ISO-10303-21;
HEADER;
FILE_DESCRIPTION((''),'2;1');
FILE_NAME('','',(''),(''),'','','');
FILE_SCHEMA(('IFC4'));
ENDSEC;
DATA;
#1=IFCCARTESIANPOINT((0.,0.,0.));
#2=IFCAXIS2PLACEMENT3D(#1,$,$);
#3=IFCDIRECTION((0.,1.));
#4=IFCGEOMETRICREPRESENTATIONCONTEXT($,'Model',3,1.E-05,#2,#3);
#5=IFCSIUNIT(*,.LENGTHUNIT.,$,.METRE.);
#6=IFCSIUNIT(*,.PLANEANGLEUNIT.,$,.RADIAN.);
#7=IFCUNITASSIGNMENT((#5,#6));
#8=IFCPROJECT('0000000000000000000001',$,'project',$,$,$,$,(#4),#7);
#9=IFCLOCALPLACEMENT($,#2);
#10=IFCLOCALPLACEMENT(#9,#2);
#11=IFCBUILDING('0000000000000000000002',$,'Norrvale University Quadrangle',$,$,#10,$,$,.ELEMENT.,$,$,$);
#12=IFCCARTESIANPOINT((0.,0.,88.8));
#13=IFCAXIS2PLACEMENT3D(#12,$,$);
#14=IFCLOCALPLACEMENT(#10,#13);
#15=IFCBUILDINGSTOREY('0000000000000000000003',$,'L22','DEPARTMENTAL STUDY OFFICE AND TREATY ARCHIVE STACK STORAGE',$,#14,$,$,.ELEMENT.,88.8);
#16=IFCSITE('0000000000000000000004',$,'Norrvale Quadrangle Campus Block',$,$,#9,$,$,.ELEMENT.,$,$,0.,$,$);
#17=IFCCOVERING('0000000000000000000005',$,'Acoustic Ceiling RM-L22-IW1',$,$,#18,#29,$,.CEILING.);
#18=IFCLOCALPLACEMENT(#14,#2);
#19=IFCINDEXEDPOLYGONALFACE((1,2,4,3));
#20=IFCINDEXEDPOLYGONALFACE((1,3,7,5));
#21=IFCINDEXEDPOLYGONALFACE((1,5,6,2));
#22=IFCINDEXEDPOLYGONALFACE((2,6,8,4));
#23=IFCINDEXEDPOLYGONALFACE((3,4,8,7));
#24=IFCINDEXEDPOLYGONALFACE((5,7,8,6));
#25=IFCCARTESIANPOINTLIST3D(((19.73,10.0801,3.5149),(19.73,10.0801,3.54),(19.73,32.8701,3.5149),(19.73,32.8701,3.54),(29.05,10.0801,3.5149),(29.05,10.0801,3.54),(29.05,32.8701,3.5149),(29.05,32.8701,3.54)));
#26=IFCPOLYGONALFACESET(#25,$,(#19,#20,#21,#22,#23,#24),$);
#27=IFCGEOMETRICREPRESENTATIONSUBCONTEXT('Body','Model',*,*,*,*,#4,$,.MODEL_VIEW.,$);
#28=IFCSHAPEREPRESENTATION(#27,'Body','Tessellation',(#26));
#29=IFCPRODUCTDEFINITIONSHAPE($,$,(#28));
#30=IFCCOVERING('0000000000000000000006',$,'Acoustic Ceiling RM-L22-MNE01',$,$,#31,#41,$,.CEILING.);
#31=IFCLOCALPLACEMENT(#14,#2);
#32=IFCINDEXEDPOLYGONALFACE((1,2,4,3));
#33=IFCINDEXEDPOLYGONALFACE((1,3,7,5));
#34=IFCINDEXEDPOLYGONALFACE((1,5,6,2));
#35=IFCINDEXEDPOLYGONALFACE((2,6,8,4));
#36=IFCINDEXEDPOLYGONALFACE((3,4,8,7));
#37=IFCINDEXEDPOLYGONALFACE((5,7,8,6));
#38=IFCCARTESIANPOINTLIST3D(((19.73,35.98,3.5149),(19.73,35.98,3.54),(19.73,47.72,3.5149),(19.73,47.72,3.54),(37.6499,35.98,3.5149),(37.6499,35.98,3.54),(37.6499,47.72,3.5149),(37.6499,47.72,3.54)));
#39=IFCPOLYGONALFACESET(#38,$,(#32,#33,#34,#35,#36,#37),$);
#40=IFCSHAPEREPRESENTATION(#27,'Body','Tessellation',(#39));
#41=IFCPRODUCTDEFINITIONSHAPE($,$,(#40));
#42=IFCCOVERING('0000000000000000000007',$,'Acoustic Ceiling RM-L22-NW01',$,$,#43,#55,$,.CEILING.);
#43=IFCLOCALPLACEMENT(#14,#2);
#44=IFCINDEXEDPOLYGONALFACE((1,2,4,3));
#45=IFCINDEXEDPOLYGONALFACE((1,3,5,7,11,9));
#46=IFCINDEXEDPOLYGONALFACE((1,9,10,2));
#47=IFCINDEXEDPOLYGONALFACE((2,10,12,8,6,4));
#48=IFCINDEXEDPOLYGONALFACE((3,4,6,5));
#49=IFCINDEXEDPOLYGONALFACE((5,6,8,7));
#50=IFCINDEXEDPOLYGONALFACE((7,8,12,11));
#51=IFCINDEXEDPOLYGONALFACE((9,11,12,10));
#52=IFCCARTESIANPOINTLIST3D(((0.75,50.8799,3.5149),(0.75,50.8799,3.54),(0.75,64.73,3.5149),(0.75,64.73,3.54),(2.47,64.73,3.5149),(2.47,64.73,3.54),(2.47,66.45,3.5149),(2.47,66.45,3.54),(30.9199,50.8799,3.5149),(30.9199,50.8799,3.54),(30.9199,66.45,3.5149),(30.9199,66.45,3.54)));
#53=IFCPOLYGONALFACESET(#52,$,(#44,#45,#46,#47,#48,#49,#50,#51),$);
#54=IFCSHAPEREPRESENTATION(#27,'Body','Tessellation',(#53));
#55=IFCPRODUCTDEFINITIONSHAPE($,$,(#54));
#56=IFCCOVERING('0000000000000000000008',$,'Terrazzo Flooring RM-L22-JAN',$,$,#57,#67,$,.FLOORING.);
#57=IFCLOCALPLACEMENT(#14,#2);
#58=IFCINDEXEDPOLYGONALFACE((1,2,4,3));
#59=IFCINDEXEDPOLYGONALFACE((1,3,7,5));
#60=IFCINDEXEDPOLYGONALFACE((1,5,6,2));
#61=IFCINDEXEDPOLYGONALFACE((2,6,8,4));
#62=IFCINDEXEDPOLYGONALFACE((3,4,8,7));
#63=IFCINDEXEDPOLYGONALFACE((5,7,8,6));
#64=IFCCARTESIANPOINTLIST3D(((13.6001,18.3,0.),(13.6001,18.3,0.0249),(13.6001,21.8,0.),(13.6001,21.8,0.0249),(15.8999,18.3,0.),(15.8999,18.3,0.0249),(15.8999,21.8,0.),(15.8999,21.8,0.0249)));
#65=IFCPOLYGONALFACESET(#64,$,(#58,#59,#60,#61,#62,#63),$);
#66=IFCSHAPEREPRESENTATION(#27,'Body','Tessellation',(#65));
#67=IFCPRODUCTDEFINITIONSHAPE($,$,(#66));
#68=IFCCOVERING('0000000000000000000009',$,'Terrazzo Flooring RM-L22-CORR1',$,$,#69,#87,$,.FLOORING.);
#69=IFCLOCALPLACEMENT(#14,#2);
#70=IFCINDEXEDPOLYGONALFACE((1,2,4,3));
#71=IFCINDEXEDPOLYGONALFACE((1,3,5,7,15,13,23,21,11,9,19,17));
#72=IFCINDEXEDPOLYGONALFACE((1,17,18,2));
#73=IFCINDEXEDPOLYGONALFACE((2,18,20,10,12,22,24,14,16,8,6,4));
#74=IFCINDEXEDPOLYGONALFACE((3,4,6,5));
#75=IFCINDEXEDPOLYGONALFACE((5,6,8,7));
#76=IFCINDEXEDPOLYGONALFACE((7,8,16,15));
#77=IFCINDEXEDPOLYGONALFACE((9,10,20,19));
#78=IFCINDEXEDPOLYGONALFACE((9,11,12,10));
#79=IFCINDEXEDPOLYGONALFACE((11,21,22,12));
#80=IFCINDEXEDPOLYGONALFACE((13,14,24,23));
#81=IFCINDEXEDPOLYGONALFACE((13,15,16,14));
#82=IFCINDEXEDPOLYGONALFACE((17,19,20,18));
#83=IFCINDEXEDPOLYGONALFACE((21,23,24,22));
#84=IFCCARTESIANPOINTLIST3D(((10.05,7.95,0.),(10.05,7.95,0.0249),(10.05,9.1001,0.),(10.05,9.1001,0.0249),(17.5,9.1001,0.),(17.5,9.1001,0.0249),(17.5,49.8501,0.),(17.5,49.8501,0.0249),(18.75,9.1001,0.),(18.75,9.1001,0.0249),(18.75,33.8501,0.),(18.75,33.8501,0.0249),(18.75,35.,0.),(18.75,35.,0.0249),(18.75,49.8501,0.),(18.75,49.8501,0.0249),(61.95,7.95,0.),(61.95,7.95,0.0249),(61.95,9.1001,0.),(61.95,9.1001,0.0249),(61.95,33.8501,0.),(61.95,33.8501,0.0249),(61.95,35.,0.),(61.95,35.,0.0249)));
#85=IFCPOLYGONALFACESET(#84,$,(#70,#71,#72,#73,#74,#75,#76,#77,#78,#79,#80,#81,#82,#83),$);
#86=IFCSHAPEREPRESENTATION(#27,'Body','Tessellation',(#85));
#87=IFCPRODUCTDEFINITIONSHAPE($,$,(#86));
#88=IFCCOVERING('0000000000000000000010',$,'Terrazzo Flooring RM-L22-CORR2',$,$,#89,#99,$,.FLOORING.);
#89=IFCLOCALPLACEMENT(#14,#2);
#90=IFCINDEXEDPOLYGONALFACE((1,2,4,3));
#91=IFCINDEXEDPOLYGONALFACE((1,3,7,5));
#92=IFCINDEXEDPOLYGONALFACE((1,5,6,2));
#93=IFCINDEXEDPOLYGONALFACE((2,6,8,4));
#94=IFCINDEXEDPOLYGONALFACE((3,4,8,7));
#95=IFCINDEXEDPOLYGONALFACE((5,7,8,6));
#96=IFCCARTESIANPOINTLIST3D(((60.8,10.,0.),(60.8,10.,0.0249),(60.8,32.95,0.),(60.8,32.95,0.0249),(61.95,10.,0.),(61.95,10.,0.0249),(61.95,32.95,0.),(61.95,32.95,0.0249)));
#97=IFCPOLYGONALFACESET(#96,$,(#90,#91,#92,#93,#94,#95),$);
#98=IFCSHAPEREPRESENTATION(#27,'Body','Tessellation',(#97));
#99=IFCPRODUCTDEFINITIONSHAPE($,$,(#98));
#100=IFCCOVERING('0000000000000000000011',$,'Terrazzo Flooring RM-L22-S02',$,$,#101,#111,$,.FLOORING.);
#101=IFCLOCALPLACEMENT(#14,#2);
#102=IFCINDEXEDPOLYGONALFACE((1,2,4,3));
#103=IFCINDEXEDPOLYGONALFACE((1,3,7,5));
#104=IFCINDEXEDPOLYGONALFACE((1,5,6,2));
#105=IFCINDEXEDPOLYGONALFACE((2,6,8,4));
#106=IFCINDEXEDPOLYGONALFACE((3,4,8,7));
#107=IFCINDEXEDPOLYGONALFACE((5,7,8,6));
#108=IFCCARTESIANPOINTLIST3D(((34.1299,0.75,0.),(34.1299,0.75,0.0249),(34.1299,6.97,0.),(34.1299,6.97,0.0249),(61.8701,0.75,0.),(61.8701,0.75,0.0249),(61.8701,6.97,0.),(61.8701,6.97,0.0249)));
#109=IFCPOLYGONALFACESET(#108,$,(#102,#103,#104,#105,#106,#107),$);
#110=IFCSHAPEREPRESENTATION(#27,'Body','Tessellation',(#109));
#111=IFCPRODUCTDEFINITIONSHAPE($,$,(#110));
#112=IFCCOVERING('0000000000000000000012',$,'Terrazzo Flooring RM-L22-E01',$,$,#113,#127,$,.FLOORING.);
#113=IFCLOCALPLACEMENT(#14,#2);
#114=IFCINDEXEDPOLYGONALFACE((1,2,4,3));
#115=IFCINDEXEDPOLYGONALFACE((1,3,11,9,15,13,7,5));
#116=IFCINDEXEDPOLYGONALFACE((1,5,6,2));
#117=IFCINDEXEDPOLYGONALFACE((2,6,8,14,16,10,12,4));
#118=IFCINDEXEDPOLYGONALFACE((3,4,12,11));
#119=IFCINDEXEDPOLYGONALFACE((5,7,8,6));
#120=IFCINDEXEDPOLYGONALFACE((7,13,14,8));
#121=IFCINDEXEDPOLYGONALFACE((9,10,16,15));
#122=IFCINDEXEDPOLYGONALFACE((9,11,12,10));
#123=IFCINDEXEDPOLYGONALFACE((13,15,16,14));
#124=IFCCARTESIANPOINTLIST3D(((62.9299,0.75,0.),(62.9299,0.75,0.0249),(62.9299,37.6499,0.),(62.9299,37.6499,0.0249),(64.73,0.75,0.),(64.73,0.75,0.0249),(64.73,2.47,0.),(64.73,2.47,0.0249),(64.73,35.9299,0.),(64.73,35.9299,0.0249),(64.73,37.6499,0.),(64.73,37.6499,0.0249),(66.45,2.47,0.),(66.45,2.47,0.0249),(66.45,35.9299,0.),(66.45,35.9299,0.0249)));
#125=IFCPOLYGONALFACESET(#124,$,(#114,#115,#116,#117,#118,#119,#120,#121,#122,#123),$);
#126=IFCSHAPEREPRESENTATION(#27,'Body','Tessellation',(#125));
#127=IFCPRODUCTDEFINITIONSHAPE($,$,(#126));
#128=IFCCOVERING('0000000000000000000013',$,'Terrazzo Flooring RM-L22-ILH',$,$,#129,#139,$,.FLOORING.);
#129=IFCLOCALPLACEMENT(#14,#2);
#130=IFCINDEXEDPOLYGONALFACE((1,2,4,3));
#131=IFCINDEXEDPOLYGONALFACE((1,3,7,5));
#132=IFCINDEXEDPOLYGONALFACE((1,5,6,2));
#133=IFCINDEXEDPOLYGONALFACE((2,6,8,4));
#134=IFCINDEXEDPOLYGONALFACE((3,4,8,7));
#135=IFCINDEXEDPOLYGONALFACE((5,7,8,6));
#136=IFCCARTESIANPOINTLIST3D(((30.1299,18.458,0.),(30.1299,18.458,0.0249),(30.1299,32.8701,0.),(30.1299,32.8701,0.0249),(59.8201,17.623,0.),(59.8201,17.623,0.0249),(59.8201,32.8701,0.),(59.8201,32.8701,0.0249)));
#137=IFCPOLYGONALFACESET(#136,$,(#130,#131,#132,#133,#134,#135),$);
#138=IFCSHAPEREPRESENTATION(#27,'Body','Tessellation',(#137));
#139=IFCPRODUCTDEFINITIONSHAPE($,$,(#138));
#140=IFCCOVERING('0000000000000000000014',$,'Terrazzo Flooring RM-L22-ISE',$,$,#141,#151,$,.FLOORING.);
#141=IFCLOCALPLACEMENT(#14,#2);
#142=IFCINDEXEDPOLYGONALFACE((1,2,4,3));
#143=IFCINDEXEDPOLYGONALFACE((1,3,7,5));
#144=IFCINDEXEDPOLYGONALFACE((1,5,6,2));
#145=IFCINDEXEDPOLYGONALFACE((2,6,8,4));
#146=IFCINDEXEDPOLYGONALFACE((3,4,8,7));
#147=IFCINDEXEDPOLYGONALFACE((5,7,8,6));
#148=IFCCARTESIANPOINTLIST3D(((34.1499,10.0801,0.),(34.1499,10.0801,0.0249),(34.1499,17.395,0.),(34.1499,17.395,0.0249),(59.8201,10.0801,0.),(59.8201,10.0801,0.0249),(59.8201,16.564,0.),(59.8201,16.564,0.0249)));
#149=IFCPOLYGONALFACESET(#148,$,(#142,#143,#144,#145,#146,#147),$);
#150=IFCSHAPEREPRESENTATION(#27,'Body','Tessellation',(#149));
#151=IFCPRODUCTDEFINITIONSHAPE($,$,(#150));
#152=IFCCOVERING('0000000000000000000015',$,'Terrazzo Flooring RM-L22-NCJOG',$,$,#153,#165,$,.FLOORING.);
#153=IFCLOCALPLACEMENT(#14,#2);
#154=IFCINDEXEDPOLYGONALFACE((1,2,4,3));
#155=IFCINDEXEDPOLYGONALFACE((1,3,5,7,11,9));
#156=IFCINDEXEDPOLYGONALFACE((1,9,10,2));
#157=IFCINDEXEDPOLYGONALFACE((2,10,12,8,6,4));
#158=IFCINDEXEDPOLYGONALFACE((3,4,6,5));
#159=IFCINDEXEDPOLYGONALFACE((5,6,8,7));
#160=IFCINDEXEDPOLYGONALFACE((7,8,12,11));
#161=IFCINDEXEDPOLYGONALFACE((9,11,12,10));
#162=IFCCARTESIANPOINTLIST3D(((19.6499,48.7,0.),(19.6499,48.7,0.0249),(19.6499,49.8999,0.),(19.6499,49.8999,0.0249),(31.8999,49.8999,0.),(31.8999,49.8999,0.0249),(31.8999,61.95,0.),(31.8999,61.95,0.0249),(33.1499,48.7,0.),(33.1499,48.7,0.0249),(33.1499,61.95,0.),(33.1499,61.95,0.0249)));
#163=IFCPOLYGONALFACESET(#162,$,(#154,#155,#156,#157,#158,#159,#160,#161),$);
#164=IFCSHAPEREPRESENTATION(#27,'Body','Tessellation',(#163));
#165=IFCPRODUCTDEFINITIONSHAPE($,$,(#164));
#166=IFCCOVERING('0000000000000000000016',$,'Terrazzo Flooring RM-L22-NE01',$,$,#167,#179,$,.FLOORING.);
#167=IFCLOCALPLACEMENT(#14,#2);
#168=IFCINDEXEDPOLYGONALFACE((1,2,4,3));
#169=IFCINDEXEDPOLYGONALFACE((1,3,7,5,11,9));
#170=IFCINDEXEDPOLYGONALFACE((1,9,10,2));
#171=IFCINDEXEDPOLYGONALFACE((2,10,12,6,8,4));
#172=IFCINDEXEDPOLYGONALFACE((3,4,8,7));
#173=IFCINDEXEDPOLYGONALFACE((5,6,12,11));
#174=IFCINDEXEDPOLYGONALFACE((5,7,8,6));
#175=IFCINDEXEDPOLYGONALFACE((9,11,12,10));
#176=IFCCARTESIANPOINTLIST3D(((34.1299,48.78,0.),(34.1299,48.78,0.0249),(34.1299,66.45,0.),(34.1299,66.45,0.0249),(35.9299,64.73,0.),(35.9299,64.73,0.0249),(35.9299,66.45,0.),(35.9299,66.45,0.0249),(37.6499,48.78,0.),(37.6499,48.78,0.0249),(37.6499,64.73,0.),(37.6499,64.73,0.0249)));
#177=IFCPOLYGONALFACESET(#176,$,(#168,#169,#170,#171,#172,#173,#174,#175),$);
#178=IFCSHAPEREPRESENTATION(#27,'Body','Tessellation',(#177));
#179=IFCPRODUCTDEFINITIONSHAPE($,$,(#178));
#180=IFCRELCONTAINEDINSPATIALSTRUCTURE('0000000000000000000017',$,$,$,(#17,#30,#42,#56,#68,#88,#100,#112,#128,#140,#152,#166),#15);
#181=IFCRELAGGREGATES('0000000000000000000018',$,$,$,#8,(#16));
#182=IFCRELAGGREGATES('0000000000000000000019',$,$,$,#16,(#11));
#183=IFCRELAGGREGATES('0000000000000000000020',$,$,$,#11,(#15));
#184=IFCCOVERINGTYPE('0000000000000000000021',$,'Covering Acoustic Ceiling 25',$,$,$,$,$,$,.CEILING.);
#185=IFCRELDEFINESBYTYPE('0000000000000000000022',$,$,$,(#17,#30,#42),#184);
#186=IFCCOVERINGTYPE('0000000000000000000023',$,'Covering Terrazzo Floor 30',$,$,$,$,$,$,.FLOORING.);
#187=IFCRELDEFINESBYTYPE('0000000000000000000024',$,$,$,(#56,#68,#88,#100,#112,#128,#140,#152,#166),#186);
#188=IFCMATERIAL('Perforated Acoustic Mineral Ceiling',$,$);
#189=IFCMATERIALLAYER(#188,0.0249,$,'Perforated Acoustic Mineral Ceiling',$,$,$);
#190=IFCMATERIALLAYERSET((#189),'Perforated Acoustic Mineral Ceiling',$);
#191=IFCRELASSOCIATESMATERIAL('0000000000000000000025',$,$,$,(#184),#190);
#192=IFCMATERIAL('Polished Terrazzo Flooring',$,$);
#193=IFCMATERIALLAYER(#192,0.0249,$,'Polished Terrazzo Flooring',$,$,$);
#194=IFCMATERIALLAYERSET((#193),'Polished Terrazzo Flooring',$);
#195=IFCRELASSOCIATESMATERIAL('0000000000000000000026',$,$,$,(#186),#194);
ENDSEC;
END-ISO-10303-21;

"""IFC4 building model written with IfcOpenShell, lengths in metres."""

from ifc_helpers import new_model, si_unit, direction, frame, origin, place, context, subcontext, project, spatial, polyline, outline, extrude, material, layer, layer_set, type_object, element, save


model = new_model("IFC4")

# Units and contexts
model_context = context("Model", 3, precision=1e-05, world=origin(), true_north=direction((0.0, 1.0)))
body_context = subcontext(model_context, "Body", "Model", "MODEL_VIEW")
ifc_project = project(units=[si_unit("LENGTHUNIT", "METRE"), si_unit("PLANEANGLEUNIT", "RADIAN")], contexts=[model_context])

# Site, building, storey
site_placement = place(None, origin())
site = spatial("IfcSite", under=ifc_project, at=site_placement, Name="Norrvale Quadrangle Campus Block", CompositionType="ELEMENT", RefElevation=0.0)
building_placement = place(site_placement, origin())
building = spatial("IfcBuilding", under=site, at=building_placement, Name="Norrvale University Quadrangle", CompositionType="ELEMENT")
storey_placement = place(building_placement, frame((0.0, 0.0, 88.8)))
storey = spatial("IfcBuildingStorey", under=building, at=storey_placement, Name="L22", Description="DEPARTMENTAL STUDY OFFICE AND TREATY ARCHIVE STACK STORAGE", CompositionType="ELEMENT", Elevation=88.8)

# Coverings
ifc_material_1 = material(Name="Perforated Acoustic Mineral Ceiling")
ifc_layer_1 = layer(ifc_material_1, 0.0249, Name="Perforated Acoustic Mineral Ceiling")
ifc_layer_set_1 = layer_set([ifc_layer_1], Name="Perforated Acoustic Mineral Ceiling")
covering_type_1 = type_object("IfcCoveringType", Name="Covering Acoustic Ceiling 25", PredefinedType="CEILING", material=ifc_layer_set_1)
covering_1_placement = place(storey_placement, frame((0.0, 0.0, 3.5149)))
element("IfcCovering", 1, at=covering_1_placement, inside=storey, type_object=covering_type_1, Name="Acoustic Ceiling RM-L22-IW1", PredefinedType="CEILING", context=body_context, shape_type="SweptSolid", body=[
    extrude(outline(polyline([(19.73, 10.0801), (19.73, 32.8701), (29.05, 32.8701), (29.05, 10.0801), (19.73, 10.0801)])), origin(), (0.0, 0.0, 1.0), 0.0251),
])
covering_2_placement = place(storey_placement, frame((0.0, 0.0, 3.5149)))
element("IfcCovering", 2, at=covering_2_placement, inside=storey, type_object=covering_type_1, Name="Acoustic Ceiling RM-L22-MNE01", PredefinedType="CEILING", context=body_context, shape_type="SweptSolid", body=[
    extrude(outline(polyline([(19.73, 47.72), (37.6499, 47.72), (37.6499, 35.98), (19.73, 35.98), (19.73, 47.72)])), origin(), (0.0, 0.0, 1.0), 0.0251),
])
covering_3_placement = place(storey_placement, frame((0.0, 0.0, 3.5149)))
element("IfcCovering", 3, at=covering_3_placement, inside=storey, type_object=covering_type_1, Name="Acoustic Ceiling RM-L22-NW01", PredefinedType="CEILING", context=body_context, shape_type="SweptSolid", body=[
    extrude(outline(polyline([(30.9199, 66.45), (30.9199, 50.8799), (0.75, 50.8799), (0.75, 64.73), (2.47, 64.73), (2.47, 66.45), (30.9199, 66.45)])), origin(), (0.0, 0.0, 1.0), 0.0251),
])
ifc_material_2 = material(Name="Polished Terrazzo Flooring")
ifc_layer_2 = layer(ifc_material_2, 0.0249, Name="Polished Terrazzo Flooring")
ifc_layer_set_2 = layer_set([ifc_layer_2], Name="Polished Terrazzo Flooring")
covering_type_2 = type_object("IfcCoveringType", Name="Covering Terrazzo Floor 30", PredefinedType="FLOORING", material=ifc_layer_set_2)
covering_4_placement = place(storey_placement, origin())
element("IfcCovering", 4, at=covering_4_placement, inside=storey, type_object=covering_type_2, Name="Terrazzo Flooring RM-L22-JAN", PredefinedType="FLOORING", context=body_context, shape_type="SweptSolid", body=[
    extrude(outline(polyline([(13.6001, 18.3), (13.6001, 21.8), (15.8999, 21.8), (15.8999, 18.3), (13.6001, 18.3)])), origin(), (0.0, 0.0, 1.0), 0.0249),
])
covering_5_placement = place(storey_placement, origin())
element("IfcCovering", 5, at=covering_5_placement, inside=storey, type_object=covering_type_2, Name="Terrazzo Flooring RM-L22-CORR1", PredefinedType="FLOORING", context=body_context, shape_type="SweptSolid", body=[
    extrude(outline(polyline([(10.05, 7.95), (10.05, 9.1001), (17.5, 9.1001), (17.5, 49.8501), (18.75, 49.8501), (18.75, 35.0), (61.95, 35.0), (61.95, 33.8501), (18.75, 33.8501), (18.75, 9.1001), (61.95, 9.1001), (61.95, 7.95), (10.05, 7.95)])), origin(), (0.0, 0.0, 1.0), 0.0249),
])
covering_6_placement = place(storey_placement, origin())
element("IfcCovering", 6, at=covering_6_placement, inside=storey, type_object=covering_type_2, Name="Terrazzo Flooring RM-L22-CORR2", PredefinedType="FLOORING", context=body_context, shape_type="SweptSolid", body=[
    extrude(outline(polyline([(60.8, 10.0), (60.8, 32.95), (61.95, 32.95), (61.95, 10.0), (60.8, 10.0)])), origin(), (0.0, 0.0, 1.0), 0.0249),
])
covering_7_placement = place(storey_placement, origin())
element("IfcCovering", 7, at=covering_7_placement, inside=storey, type_object=covering_type_2, Name="Terrazzo Flooring RM-L22-S02", PredefinedType="FLOORING", context=body_context, shape_type="SweptSolid", body=[
    extrude(outline(polyline([(34.1299, 6.97), (61.8701, 6.97), (61.8701, 0.75), (34.1299, 0.75), (34.1299, 6.97)])), origin(), (0.0, 0.0, 1.0), 0.0249),
])
covering_8_placement = place(storey_placement, origin())
element("IfcCovering", 8, at=covering_8_placement, inside=storey, type_object=covering_type_2, Name="Terrazzo Flooring RM-L22-E01", PredefinedType="FLOORING", context=body_context, shape_type="SweptSolid", body=[
    extrude(outline(polyline([(62.9299, 0.75), (62.9299, 37.6499), (64.73, 37.6499), (64.73, 35.9299), (66.45, 35.9299), (66.45, 2.47), (64.73, 2.47), (64.73, 0.75), (62.9299, 0.75)])), origin(), (0.0, 0.0, 1.0), 0.0249),
])
covering_9_placement = place(storey_placement, origin())
element("IfcCovering", 9, at=covering_9_placement, inside=storey, type_object=covering_type_2, Name="Terrazzo Flooring RM-L22-ILH", PredefinedType="FLOORING", context=body_context, shape_type="SweptSolid", body=[
    extrude(outline(polyline([(30.1299, 18.458), (30.1299, 32.8701), (59.8201, 32.8701), (59.8201, 17.623), (30.1299, 18.458)])), origin(), (0.0, 0.0, 1.0), 0.0249),
])
covering_10_placement = place(storey_placement, origin())
element("IfcCovering", 10, at=covering_10_placement, inside=storey, type_object=covering_type_2, Name="Terrazzo Flooring RM-L22-ISE", PredefinedType="FLOORING", context=body_context, shape_type="SweptSolid", body=[
    extrude(outline(polyline([(34.1499, 10.0801), (34.1499, 17.395), (59.8201, 16.564), (59.8201, 10.0801), (34.1499, 10.0801)])), origin(), (0.0, 0.0, 1.0), 0.0249),
])
covering_11_placement = place(storey_placement, origin())
element("IfcCovering", 11, at=covering_11_placement, inside=storey, type_object=covering_type_2, Name="Terrazzo Flooring RM-L22-NCJOG", PredefinedType="FLOORING", context=body_context, shape_type="SweptSolid", body=[
    extrude(outline(polyline([(19.6499, 48.7), (19.6499, 49.8999), (31.8999, 49.8999), (31.8999, 61.95), (33.1499, 61.95), (33.1499, 48.7), (19.6499, 48.7)])), origin(), (0.0, 0.0, 1.0), 0.0249),
])
covering_12_placement = place(storey_placement, origin())
element("IfcCovering", 12, at=covering_12_placement, inside=storey, type_object=covering_type_2, Name="Terrazzo Flooring RM-L22-NE01", PredefinedType="FLOORING", context=body_context, shape_type="SweptSolid", body=[
    extrude(outline(polyline([(37.6499, 48.78), (34.1299, 48.78), (34.1299, 66.45), (35.9299, 66.45), (35.9299, 64.73), (37.6499, 64.73), (37.6499, 48.78)])), origin(), (0.0, 0.0, 1.0), 0.0249),
])

save(model, "model.ifc")
